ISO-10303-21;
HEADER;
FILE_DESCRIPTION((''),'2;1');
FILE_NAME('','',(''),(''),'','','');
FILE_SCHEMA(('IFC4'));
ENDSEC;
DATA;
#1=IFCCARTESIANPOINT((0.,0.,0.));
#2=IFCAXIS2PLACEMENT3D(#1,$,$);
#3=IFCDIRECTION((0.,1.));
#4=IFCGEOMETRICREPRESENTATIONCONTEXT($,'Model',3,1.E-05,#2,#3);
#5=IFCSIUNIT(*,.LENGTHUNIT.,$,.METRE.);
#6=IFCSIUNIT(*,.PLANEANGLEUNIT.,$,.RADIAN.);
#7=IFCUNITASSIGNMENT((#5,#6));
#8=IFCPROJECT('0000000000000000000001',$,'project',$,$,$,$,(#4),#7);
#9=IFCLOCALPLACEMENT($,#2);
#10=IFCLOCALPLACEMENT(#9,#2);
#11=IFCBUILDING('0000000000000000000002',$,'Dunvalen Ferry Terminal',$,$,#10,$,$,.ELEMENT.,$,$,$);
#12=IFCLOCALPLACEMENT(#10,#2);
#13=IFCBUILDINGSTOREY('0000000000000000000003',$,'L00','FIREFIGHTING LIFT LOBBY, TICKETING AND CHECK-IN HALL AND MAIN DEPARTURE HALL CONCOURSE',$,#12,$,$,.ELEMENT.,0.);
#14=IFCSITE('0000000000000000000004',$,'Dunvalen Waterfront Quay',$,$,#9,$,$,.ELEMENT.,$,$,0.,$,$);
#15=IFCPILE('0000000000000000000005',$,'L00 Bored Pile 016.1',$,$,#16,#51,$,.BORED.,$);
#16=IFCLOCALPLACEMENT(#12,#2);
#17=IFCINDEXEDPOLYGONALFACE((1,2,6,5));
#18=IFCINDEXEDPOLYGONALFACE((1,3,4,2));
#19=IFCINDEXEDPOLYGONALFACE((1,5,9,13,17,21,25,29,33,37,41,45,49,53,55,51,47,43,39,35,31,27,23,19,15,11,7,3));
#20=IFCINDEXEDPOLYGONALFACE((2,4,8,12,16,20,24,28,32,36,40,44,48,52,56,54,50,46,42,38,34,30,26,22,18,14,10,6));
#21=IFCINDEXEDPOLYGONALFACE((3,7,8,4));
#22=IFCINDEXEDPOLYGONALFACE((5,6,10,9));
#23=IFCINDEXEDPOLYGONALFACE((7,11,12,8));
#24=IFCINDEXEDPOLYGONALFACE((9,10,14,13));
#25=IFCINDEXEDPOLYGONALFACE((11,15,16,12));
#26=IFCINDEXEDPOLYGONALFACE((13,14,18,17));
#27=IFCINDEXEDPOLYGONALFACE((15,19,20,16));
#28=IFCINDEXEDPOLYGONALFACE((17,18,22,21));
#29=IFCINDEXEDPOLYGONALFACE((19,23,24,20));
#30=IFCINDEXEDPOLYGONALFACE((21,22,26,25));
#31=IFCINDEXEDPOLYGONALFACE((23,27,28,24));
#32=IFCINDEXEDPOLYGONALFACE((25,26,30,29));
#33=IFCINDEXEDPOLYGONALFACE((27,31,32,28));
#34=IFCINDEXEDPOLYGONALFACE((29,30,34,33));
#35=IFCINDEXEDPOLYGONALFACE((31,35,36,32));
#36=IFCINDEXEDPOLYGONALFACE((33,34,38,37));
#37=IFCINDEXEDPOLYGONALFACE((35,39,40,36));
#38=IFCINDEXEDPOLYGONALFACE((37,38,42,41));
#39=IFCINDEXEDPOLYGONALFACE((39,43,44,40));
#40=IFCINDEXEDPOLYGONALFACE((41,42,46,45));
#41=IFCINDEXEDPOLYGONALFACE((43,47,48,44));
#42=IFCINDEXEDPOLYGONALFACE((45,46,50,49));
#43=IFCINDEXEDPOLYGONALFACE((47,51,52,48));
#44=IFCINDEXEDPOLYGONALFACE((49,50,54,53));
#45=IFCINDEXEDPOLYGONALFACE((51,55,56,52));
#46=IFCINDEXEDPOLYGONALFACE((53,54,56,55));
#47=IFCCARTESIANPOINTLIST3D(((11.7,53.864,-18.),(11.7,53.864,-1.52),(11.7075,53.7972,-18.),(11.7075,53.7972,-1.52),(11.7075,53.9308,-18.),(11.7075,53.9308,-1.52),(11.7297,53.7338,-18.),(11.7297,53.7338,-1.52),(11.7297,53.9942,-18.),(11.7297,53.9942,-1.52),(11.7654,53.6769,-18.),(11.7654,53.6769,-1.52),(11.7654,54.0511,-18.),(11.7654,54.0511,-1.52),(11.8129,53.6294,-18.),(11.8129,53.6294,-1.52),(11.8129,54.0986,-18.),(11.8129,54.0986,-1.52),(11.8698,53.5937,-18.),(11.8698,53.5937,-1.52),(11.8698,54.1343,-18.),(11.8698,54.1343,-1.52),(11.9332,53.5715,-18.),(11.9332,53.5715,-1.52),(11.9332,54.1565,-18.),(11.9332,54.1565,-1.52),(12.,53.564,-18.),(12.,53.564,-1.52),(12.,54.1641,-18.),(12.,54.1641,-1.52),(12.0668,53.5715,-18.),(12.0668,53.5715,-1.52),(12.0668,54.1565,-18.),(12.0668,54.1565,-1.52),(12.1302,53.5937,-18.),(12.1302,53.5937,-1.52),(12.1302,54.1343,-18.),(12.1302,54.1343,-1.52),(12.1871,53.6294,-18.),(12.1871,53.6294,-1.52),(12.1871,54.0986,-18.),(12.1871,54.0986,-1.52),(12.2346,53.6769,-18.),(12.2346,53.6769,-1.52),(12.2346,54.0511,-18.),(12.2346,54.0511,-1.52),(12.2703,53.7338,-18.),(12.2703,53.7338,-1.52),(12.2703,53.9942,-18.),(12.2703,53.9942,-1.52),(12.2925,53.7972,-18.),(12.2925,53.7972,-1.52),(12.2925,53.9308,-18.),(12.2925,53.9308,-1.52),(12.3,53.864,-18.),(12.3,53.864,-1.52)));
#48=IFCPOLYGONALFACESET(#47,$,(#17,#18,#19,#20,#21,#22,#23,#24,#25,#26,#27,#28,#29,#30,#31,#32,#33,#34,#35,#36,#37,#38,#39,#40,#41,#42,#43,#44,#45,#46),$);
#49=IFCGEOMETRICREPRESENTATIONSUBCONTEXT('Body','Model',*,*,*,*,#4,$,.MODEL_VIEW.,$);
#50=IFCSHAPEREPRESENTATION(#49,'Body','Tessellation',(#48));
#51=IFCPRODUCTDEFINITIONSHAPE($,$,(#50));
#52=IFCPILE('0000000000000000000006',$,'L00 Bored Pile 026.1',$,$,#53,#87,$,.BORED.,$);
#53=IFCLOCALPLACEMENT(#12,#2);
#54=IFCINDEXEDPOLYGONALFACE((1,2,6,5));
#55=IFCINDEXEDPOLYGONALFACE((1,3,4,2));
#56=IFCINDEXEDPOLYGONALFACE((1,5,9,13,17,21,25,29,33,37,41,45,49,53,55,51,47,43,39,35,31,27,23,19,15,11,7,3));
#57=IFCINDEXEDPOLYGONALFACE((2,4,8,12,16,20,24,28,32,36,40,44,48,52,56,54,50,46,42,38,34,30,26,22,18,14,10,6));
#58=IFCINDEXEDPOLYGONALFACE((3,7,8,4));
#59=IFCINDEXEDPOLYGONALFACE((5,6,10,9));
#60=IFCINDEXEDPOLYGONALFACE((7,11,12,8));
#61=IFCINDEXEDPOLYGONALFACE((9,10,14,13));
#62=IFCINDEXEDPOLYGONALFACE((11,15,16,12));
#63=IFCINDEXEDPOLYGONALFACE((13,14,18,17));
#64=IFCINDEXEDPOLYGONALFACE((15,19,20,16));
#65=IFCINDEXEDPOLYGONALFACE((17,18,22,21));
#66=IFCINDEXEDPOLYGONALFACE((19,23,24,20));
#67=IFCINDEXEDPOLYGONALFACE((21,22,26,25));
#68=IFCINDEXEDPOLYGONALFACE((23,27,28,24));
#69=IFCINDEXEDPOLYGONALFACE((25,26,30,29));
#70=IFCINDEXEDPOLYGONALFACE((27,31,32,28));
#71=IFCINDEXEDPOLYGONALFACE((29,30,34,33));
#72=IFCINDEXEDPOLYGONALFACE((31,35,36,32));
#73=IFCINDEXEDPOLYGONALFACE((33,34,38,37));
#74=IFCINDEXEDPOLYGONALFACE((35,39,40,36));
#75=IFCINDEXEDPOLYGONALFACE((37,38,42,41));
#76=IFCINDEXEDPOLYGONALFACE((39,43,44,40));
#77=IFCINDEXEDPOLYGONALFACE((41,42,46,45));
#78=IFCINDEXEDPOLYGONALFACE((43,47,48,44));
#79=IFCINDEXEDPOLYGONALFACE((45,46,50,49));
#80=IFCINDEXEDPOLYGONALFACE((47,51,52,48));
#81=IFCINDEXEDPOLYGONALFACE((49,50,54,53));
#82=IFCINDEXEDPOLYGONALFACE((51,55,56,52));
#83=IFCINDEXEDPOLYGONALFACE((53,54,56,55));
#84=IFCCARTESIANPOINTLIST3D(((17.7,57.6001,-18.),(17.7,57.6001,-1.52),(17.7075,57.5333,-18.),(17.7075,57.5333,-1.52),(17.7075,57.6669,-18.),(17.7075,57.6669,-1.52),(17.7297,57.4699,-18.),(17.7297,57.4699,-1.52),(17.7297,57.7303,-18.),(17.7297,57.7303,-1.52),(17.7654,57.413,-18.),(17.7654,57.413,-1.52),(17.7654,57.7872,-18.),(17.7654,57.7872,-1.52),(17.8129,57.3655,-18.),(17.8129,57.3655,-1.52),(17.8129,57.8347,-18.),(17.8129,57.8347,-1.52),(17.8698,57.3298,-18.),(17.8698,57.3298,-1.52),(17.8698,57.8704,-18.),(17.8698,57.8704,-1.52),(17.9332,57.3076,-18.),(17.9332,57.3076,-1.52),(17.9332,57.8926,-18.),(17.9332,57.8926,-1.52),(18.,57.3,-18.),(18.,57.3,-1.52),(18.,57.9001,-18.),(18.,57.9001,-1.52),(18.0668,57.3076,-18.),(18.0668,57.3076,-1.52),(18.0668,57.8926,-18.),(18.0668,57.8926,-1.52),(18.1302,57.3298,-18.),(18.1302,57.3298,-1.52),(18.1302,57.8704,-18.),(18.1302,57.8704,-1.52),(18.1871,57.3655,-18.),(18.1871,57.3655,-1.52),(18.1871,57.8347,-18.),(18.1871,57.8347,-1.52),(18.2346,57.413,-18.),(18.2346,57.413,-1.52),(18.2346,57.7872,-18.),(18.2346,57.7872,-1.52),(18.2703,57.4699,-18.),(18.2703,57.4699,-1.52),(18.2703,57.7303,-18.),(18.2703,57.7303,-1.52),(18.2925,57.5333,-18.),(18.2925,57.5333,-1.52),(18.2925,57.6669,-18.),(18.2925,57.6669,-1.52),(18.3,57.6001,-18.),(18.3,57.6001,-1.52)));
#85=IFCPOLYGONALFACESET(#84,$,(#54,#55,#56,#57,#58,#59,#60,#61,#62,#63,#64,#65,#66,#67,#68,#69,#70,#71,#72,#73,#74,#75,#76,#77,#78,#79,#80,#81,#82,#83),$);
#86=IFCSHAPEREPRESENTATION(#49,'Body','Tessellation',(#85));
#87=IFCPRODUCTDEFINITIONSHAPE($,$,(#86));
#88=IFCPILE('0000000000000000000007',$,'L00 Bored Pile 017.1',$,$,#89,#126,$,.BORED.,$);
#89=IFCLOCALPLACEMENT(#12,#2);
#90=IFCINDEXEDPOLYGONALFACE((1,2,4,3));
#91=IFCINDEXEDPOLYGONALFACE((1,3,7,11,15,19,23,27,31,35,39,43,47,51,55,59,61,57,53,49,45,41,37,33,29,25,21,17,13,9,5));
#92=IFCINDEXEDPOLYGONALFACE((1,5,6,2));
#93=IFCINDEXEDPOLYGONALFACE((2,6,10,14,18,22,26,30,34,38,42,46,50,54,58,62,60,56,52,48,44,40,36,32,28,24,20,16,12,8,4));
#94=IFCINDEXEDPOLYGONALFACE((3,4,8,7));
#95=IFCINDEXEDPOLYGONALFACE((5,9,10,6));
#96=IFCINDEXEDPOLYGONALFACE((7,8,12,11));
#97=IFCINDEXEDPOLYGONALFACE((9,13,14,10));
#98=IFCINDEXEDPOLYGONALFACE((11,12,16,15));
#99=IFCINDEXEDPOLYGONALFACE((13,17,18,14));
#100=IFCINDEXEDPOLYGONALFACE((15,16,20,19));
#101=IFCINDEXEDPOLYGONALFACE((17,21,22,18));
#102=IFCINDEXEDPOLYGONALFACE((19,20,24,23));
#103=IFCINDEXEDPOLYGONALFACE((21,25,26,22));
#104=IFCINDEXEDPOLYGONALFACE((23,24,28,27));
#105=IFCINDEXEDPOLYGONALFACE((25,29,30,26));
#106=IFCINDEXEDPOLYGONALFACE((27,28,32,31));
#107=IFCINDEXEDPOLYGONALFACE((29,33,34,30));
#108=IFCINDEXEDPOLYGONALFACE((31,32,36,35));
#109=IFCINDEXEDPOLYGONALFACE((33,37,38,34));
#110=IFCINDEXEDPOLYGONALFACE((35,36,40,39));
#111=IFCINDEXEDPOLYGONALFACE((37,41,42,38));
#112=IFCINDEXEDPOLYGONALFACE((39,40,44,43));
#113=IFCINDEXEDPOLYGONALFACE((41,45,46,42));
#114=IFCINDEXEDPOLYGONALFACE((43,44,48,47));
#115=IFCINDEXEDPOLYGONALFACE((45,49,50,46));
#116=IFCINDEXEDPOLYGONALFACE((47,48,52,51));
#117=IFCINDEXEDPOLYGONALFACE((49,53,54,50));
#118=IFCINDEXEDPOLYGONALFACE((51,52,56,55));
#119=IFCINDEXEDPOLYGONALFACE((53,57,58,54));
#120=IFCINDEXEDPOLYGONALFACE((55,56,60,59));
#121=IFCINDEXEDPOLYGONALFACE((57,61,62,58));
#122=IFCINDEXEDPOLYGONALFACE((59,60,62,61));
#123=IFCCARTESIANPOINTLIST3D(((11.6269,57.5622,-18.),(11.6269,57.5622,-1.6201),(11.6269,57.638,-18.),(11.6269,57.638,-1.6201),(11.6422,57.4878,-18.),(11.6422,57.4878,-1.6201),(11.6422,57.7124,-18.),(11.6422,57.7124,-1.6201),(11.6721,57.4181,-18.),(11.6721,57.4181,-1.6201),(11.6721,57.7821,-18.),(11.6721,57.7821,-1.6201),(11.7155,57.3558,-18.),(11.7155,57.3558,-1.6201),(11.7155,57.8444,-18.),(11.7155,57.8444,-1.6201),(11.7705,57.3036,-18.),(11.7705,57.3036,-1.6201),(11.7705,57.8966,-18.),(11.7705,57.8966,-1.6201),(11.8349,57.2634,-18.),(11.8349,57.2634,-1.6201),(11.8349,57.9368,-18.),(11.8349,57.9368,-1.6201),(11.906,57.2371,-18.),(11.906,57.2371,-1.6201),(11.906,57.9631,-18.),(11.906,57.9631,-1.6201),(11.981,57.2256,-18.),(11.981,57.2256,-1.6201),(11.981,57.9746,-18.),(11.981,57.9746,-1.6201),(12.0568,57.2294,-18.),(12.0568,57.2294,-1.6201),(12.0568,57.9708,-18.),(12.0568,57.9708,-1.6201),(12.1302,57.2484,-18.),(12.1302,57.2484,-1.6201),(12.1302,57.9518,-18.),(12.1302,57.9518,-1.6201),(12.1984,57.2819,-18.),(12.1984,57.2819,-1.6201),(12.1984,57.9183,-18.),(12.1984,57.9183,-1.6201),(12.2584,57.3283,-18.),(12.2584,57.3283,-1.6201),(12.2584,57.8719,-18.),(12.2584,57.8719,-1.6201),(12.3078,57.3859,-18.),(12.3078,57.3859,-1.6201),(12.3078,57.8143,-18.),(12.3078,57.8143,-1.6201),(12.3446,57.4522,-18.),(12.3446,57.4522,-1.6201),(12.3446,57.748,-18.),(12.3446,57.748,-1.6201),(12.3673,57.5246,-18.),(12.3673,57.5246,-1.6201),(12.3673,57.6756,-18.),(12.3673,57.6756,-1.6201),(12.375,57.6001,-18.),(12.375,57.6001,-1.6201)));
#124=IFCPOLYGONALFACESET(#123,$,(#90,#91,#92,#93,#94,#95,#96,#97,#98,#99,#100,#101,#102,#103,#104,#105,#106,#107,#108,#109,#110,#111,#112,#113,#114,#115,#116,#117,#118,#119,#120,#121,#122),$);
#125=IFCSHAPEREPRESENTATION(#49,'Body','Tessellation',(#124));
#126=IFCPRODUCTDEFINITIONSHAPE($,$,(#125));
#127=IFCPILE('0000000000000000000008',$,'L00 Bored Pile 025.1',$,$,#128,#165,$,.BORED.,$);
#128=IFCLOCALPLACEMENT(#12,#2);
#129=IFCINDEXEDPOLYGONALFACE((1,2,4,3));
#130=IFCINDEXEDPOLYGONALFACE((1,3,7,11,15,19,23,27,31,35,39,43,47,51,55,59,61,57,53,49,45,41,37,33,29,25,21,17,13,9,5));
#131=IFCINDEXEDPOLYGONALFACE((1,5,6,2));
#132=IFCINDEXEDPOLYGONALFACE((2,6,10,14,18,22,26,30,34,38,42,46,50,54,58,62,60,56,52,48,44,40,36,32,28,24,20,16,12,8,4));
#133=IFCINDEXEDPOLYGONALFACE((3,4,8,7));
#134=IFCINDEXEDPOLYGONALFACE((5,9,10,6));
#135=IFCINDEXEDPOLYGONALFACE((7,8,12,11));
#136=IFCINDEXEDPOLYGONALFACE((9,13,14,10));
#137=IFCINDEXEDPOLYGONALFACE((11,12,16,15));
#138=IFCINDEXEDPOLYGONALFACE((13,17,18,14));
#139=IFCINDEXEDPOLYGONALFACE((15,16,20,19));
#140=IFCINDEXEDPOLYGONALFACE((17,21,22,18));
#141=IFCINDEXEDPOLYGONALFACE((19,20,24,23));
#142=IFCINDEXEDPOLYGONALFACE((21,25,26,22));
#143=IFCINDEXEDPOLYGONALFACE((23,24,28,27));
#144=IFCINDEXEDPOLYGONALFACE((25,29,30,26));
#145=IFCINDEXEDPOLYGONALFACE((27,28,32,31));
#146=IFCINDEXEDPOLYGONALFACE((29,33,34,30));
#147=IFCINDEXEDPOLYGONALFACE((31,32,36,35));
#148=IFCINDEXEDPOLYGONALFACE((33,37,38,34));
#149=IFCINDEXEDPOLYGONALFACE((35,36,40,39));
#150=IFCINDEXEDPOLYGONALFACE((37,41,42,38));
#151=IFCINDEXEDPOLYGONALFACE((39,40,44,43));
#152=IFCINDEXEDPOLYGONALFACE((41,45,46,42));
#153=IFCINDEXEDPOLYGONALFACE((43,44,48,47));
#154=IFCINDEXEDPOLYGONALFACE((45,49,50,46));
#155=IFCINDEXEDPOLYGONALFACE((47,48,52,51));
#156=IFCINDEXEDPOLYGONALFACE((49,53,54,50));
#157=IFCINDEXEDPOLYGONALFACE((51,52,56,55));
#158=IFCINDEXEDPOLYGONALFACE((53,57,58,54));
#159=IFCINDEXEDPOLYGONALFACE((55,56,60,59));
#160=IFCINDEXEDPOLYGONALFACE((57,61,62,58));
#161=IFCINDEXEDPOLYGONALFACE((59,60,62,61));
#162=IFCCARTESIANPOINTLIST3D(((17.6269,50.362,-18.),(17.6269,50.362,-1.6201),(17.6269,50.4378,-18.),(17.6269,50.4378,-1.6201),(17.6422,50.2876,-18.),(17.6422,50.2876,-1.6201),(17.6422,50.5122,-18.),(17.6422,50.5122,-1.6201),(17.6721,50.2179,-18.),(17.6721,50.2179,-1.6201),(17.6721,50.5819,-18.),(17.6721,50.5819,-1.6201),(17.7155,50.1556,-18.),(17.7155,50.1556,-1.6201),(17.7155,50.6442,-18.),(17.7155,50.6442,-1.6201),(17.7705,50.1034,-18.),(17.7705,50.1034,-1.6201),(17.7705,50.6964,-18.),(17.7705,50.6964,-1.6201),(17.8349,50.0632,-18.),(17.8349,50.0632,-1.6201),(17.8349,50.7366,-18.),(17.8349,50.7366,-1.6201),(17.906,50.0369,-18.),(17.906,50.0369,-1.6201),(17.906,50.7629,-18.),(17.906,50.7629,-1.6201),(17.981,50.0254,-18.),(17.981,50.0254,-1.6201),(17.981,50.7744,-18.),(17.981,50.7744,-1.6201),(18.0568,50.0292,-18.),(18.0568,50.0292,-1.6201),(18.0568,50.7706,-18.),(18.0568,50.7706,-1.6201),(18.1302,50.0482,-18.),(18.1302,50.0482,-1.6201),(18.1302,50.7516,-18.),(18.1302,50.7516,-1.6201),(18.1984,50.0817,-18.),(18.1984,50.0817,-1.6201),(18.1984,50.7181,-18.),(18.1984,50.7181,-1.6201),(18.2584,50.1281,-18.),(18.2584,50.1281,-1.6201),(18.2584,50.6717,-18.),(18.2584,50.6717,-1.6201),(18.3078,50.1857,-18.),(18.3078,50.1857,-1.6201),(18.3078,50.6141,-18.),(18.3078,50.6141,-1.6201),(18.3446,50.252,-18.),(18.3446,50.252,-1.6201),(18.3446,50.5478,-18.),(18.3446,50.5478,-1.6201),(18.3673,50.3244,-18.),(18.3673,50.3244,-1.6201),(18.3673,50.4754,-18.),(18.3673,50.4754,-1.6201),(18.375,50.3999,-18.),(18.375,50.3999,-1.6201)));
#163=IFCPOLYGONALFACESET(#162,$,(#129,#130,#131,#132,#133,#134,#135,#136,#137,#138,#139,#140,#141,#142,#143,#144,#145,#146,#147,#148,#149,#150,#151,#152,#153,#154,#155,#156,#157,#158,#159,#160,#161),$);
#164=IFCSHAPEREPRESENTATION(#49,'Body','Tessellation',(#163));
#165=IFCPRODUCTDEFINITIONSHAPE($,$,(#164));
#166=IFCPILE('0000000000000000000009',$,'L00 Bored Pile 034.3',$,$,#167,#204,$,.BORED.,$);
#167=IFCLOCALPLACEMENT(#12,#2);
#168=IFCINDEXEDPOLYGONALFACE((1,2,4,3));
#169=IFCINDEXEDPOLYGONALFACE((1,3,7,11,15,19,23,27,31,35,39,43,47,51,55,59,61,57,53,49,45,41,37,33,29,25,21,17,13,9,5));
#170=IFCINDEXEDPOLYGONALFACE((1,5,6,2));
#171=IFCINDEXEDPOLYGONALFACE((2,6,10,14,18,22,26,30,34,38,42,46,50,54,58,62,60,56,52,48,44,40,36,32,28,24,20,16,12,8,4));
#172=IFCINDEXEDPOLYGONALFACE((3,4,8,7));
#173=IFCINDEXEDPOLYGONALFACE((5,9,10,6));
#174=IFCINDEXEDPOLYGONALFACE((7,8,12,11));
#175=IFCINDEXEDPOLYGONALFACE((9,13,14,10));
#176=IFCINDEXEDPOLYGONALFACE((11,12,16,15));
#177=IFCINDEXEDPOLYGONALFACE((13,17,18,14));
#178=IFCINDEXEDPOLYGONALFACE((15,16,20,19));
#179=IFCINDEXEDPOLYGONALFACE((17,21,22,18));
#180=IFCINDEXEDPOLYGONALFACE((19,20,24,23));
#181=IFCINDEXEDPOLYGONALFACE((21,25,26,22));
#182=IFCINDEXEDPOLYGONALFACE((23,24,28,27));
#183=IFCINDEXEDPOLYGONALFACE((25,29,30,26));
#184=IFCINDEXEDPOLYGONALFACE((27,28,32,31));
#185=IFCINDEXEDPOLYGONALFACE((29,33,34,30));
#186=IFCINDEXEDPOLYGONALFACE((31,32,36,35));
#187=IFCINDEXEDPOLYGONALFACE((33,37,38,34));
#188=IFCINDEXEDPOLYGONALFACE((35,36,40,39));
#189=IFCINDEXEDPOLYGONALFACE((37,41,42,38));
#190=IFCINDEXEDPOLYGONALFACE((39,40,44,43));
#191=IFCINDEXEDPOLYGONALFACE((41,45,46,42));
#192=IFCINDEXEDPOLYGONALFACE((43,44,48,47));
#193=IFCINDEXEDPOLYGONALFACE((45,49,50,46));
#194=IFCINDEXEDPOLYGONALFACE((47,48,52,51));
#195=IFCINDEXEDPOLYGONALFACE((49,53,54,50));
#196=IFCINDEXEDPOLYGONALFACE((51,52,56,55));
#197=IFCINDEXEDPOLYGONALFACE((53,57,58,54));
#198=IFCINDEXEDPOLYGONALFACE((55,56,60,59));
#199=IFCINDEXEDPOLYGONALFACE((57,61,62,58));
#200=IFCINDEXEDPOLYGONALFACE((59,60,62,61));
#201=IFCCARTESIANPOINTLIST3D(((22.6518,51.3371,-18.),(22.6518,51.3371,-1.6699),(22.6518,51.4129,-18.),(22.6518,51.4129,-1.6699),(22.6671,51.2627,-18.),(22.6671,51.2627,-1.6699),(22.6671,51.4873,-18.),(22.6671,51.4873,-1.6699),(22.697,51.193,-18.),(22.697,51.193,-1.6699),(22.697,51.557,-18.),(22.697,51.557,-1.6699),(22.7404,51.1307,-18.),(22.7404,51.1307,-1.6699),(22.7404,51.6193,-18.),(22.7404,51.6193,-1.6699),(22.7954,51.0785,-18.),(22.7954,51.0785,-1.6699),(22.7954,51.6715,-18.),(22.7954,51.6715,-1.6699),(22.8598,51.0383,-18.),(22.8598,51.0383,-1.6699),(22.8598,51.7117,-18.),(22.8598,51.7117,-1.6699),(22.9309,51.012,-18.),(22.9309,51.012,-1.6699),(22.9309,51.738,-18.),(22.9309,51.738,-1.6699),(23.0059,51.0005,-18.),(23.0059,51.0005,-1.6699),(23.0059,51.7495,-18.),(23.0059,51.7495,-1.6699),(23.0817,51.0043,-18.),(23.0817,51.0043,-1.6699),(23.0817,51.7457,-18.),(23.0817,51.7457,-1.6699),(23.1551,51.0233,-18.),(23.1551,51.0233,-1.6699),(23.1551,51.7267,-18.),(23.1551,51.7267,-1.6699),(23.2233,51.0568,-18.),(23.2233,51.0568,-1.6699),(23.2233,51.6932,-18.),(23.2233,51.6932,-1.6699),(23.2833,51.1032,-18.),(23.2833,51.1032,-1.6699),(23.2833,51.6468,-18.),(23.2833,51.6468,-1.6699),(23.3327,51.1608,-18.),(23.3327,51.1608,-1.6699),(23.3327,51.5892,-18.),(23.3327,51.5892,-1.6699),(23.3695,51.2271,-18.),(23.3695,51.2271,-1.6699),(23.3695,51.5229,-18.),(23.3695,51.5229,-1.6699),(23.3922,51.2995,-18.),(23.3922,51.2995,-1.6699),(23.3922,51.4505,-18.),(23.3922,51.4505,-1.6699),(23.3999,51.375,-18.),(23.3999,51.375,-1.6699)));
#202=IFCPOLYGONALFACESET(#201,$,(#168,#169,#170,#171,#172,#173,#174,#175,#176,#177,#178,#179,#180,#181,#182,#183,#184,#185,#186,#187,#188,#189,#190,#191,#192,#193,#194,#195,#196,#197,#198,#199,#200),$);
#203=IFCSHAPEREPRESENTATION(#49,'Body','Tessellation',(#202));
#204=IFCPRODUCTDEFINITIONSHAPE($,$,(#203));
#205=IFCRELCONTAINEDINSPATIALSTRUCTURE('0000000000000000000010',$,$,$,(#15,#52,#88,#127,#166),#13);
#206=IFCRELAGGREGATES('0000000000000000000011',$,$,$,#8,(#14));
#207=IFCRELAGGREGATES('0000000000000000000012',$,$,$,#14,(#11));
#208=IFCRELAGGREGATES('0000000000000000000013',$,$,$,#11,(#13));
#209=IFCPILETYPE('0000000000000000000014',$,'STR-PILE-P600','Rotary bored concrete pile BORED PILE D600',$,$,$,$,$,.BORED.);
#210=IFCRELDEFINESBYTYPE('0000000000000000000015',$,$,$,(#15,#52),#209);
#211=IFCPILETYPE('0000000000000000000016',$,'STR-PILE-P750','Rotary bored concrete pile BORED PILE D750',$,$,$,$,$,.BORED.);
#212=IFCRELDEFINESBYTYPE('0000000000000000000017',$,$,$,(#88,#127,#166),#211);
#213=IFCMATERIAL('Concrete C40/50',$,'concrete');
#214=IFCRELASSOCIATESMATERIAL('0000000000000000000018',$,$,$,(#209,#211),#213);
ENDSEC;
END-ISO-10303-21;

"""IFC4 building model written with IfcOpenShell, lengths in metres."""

from ifc_helpers import new_model, si_unit, direction, frame, origin, origin_2d, place, context, subcontext, project, spatial, circle, extrude, material, material_profile, profile_set, type_object, element, save


model = new_model("IFC4")

# Units and contexts
model_context = context("Model", 3, precision=1e-05, world=origin(), true_north=direction((0.0, 1.0)))
body_context = subcontext(model_context, "Body", "Model", "MODEL_VIEW")
ifc_project = project(units=[si_unit("LENGTHUNIT", "METRE"), si_unit("PLANEANGLEUNIT", "RADIAN")], contexts=[model_context])

# Site, building, storey
site_placement = place(None, origin())
site = spatial("IfcSite", under=ifc_project, at=site_placement, Name="Dunvalen Waterfront Quay", CompositionType="ELEMENT", RefElevation=0.0)
building_placement = place(site_placement, origin())
building = spatial("IfcBuilding", under=site, at=building_placement, Name="Dunvalen Ferry Terminal", CompositionType="ELEMENT")
storey_placement = place(building_placement, origin())
storey = spatial("IfcBuildingStorey", under=building, at=storey_placement, Name="L00", Description="FIREFIGHTING LIFT LOBBY, TICKETING AND CHECK-IN HALL AND MAIN DEPARTURE HALL CONCOURSE", CompositionType="ELEMENT", Elevation=0.0)

# Shared definitions
ifc_material_1 = material(Name="Concrete C40/50", Category="concrete")

# Piles
ifc_material_profile_1 = material_profile(ifc_material_1, circle(Radius=0.3, at=origin_2d()), Name="Concrete C40/50")
ifc_profile_set_1 = profile_set([ifc_material_profile_1], Name="Concrete C40/50")
pile_type_1 = type_object("IfcPileType", Name="STR-PILE-P600", Description="Rotary bored concrete pile BORED PILE D600", PredefinedType="BORED", material=ifc_profile_set_1)
for number, where, z_axis, x_axis, name in (
    (1, (12.0, 53.864, -1.52), (0.0, 0.0, -1.0), (1.0, 0.0, 0.0), "L00 Bored Pile 016.1"),
    (2, (18.0, 57.6001, -1.52), (0.0, 0.0, -1.0), (1.0, 0.0, 0.0), "L00 Bored Pile 026.1"),
):
    element("IfcPile", number, at=place(storey_placement, frame(where, z_axis=z_axis, x_axis=x_axis)), inside=storey, type_object=pile_type_1, Name=name, PredefinedType="BORED", context=body_context, shape_type="SweptSolid", body=[
        extrude(circle(Radius=0.3, at=origin_2d()), origin(), (0.0, 0.0, 1.0), 16.48),
    ])
ifc_material_profile_2 = material_profile(ifc_material_1, circle(Radius=0.375, at=origin_2d()), Name="Concrete C40/50")
ifc_profile_set_2 = profile_set([ifc_material_profile_2], Name="Concrete C40/50")
pile_type_2 = type_object("IfcPileType", Name="STR-PILE-P750", Description="Rotary bored concrete pile BORED PILE D750", PredefinedType="BORED", material=ifc_profile_set_2)
for number, where, z_axis, x_axis, name in (
    (3, (12.0, 57.6001, -1.6201), (0.0, 0.0, -1.0), (1.0, 0.0, 0.0), "L00 Bored Pile 017.1"),
    (4, (18.0, 50.3999, -1.6201), (0.0, 0.0, -1.0), (1.0, 0.0, 0.0), "L00 Bored Pile 025.1"),
):
    element("IfcPile", number, at=place(storey_placement, frame(where, z_axis=z_axis, x_axis=x_axis)), inside=storey, type_object=pile_type_2, Name=name, PredefinedType="BORED", context=body_context, shape_type="SweptSolid", body=[
        extrude(circle(Radius=0.375, at=origin_2d()), origin(), (0.0, 0.0, 1.0), 16.3799),
    ])
for number, where, z_axis, x_axis, name in (
    (5, (23.0249, 51.375, -1.6699), (0.0, 0.0, -1.0), (1.0, 0.0, 0.0), "L00 Bored Pile 034.3"),
):
    element("IfcPile", number, at=place(storey_placement, frame(where, z_axis=z_axis, x_axis=x_axis)), inside=storey, type_object=pile_type_2, Name=name, PredefinedType="BORED", context=body_context, shape_type="SweptSolid", body=[
        extrude(circle(Radius=0.375, at=origin_2d()), origin(), (0.0, 0.0, 1.0), 16.3301),
    ])

save(model, "model.ifc")
